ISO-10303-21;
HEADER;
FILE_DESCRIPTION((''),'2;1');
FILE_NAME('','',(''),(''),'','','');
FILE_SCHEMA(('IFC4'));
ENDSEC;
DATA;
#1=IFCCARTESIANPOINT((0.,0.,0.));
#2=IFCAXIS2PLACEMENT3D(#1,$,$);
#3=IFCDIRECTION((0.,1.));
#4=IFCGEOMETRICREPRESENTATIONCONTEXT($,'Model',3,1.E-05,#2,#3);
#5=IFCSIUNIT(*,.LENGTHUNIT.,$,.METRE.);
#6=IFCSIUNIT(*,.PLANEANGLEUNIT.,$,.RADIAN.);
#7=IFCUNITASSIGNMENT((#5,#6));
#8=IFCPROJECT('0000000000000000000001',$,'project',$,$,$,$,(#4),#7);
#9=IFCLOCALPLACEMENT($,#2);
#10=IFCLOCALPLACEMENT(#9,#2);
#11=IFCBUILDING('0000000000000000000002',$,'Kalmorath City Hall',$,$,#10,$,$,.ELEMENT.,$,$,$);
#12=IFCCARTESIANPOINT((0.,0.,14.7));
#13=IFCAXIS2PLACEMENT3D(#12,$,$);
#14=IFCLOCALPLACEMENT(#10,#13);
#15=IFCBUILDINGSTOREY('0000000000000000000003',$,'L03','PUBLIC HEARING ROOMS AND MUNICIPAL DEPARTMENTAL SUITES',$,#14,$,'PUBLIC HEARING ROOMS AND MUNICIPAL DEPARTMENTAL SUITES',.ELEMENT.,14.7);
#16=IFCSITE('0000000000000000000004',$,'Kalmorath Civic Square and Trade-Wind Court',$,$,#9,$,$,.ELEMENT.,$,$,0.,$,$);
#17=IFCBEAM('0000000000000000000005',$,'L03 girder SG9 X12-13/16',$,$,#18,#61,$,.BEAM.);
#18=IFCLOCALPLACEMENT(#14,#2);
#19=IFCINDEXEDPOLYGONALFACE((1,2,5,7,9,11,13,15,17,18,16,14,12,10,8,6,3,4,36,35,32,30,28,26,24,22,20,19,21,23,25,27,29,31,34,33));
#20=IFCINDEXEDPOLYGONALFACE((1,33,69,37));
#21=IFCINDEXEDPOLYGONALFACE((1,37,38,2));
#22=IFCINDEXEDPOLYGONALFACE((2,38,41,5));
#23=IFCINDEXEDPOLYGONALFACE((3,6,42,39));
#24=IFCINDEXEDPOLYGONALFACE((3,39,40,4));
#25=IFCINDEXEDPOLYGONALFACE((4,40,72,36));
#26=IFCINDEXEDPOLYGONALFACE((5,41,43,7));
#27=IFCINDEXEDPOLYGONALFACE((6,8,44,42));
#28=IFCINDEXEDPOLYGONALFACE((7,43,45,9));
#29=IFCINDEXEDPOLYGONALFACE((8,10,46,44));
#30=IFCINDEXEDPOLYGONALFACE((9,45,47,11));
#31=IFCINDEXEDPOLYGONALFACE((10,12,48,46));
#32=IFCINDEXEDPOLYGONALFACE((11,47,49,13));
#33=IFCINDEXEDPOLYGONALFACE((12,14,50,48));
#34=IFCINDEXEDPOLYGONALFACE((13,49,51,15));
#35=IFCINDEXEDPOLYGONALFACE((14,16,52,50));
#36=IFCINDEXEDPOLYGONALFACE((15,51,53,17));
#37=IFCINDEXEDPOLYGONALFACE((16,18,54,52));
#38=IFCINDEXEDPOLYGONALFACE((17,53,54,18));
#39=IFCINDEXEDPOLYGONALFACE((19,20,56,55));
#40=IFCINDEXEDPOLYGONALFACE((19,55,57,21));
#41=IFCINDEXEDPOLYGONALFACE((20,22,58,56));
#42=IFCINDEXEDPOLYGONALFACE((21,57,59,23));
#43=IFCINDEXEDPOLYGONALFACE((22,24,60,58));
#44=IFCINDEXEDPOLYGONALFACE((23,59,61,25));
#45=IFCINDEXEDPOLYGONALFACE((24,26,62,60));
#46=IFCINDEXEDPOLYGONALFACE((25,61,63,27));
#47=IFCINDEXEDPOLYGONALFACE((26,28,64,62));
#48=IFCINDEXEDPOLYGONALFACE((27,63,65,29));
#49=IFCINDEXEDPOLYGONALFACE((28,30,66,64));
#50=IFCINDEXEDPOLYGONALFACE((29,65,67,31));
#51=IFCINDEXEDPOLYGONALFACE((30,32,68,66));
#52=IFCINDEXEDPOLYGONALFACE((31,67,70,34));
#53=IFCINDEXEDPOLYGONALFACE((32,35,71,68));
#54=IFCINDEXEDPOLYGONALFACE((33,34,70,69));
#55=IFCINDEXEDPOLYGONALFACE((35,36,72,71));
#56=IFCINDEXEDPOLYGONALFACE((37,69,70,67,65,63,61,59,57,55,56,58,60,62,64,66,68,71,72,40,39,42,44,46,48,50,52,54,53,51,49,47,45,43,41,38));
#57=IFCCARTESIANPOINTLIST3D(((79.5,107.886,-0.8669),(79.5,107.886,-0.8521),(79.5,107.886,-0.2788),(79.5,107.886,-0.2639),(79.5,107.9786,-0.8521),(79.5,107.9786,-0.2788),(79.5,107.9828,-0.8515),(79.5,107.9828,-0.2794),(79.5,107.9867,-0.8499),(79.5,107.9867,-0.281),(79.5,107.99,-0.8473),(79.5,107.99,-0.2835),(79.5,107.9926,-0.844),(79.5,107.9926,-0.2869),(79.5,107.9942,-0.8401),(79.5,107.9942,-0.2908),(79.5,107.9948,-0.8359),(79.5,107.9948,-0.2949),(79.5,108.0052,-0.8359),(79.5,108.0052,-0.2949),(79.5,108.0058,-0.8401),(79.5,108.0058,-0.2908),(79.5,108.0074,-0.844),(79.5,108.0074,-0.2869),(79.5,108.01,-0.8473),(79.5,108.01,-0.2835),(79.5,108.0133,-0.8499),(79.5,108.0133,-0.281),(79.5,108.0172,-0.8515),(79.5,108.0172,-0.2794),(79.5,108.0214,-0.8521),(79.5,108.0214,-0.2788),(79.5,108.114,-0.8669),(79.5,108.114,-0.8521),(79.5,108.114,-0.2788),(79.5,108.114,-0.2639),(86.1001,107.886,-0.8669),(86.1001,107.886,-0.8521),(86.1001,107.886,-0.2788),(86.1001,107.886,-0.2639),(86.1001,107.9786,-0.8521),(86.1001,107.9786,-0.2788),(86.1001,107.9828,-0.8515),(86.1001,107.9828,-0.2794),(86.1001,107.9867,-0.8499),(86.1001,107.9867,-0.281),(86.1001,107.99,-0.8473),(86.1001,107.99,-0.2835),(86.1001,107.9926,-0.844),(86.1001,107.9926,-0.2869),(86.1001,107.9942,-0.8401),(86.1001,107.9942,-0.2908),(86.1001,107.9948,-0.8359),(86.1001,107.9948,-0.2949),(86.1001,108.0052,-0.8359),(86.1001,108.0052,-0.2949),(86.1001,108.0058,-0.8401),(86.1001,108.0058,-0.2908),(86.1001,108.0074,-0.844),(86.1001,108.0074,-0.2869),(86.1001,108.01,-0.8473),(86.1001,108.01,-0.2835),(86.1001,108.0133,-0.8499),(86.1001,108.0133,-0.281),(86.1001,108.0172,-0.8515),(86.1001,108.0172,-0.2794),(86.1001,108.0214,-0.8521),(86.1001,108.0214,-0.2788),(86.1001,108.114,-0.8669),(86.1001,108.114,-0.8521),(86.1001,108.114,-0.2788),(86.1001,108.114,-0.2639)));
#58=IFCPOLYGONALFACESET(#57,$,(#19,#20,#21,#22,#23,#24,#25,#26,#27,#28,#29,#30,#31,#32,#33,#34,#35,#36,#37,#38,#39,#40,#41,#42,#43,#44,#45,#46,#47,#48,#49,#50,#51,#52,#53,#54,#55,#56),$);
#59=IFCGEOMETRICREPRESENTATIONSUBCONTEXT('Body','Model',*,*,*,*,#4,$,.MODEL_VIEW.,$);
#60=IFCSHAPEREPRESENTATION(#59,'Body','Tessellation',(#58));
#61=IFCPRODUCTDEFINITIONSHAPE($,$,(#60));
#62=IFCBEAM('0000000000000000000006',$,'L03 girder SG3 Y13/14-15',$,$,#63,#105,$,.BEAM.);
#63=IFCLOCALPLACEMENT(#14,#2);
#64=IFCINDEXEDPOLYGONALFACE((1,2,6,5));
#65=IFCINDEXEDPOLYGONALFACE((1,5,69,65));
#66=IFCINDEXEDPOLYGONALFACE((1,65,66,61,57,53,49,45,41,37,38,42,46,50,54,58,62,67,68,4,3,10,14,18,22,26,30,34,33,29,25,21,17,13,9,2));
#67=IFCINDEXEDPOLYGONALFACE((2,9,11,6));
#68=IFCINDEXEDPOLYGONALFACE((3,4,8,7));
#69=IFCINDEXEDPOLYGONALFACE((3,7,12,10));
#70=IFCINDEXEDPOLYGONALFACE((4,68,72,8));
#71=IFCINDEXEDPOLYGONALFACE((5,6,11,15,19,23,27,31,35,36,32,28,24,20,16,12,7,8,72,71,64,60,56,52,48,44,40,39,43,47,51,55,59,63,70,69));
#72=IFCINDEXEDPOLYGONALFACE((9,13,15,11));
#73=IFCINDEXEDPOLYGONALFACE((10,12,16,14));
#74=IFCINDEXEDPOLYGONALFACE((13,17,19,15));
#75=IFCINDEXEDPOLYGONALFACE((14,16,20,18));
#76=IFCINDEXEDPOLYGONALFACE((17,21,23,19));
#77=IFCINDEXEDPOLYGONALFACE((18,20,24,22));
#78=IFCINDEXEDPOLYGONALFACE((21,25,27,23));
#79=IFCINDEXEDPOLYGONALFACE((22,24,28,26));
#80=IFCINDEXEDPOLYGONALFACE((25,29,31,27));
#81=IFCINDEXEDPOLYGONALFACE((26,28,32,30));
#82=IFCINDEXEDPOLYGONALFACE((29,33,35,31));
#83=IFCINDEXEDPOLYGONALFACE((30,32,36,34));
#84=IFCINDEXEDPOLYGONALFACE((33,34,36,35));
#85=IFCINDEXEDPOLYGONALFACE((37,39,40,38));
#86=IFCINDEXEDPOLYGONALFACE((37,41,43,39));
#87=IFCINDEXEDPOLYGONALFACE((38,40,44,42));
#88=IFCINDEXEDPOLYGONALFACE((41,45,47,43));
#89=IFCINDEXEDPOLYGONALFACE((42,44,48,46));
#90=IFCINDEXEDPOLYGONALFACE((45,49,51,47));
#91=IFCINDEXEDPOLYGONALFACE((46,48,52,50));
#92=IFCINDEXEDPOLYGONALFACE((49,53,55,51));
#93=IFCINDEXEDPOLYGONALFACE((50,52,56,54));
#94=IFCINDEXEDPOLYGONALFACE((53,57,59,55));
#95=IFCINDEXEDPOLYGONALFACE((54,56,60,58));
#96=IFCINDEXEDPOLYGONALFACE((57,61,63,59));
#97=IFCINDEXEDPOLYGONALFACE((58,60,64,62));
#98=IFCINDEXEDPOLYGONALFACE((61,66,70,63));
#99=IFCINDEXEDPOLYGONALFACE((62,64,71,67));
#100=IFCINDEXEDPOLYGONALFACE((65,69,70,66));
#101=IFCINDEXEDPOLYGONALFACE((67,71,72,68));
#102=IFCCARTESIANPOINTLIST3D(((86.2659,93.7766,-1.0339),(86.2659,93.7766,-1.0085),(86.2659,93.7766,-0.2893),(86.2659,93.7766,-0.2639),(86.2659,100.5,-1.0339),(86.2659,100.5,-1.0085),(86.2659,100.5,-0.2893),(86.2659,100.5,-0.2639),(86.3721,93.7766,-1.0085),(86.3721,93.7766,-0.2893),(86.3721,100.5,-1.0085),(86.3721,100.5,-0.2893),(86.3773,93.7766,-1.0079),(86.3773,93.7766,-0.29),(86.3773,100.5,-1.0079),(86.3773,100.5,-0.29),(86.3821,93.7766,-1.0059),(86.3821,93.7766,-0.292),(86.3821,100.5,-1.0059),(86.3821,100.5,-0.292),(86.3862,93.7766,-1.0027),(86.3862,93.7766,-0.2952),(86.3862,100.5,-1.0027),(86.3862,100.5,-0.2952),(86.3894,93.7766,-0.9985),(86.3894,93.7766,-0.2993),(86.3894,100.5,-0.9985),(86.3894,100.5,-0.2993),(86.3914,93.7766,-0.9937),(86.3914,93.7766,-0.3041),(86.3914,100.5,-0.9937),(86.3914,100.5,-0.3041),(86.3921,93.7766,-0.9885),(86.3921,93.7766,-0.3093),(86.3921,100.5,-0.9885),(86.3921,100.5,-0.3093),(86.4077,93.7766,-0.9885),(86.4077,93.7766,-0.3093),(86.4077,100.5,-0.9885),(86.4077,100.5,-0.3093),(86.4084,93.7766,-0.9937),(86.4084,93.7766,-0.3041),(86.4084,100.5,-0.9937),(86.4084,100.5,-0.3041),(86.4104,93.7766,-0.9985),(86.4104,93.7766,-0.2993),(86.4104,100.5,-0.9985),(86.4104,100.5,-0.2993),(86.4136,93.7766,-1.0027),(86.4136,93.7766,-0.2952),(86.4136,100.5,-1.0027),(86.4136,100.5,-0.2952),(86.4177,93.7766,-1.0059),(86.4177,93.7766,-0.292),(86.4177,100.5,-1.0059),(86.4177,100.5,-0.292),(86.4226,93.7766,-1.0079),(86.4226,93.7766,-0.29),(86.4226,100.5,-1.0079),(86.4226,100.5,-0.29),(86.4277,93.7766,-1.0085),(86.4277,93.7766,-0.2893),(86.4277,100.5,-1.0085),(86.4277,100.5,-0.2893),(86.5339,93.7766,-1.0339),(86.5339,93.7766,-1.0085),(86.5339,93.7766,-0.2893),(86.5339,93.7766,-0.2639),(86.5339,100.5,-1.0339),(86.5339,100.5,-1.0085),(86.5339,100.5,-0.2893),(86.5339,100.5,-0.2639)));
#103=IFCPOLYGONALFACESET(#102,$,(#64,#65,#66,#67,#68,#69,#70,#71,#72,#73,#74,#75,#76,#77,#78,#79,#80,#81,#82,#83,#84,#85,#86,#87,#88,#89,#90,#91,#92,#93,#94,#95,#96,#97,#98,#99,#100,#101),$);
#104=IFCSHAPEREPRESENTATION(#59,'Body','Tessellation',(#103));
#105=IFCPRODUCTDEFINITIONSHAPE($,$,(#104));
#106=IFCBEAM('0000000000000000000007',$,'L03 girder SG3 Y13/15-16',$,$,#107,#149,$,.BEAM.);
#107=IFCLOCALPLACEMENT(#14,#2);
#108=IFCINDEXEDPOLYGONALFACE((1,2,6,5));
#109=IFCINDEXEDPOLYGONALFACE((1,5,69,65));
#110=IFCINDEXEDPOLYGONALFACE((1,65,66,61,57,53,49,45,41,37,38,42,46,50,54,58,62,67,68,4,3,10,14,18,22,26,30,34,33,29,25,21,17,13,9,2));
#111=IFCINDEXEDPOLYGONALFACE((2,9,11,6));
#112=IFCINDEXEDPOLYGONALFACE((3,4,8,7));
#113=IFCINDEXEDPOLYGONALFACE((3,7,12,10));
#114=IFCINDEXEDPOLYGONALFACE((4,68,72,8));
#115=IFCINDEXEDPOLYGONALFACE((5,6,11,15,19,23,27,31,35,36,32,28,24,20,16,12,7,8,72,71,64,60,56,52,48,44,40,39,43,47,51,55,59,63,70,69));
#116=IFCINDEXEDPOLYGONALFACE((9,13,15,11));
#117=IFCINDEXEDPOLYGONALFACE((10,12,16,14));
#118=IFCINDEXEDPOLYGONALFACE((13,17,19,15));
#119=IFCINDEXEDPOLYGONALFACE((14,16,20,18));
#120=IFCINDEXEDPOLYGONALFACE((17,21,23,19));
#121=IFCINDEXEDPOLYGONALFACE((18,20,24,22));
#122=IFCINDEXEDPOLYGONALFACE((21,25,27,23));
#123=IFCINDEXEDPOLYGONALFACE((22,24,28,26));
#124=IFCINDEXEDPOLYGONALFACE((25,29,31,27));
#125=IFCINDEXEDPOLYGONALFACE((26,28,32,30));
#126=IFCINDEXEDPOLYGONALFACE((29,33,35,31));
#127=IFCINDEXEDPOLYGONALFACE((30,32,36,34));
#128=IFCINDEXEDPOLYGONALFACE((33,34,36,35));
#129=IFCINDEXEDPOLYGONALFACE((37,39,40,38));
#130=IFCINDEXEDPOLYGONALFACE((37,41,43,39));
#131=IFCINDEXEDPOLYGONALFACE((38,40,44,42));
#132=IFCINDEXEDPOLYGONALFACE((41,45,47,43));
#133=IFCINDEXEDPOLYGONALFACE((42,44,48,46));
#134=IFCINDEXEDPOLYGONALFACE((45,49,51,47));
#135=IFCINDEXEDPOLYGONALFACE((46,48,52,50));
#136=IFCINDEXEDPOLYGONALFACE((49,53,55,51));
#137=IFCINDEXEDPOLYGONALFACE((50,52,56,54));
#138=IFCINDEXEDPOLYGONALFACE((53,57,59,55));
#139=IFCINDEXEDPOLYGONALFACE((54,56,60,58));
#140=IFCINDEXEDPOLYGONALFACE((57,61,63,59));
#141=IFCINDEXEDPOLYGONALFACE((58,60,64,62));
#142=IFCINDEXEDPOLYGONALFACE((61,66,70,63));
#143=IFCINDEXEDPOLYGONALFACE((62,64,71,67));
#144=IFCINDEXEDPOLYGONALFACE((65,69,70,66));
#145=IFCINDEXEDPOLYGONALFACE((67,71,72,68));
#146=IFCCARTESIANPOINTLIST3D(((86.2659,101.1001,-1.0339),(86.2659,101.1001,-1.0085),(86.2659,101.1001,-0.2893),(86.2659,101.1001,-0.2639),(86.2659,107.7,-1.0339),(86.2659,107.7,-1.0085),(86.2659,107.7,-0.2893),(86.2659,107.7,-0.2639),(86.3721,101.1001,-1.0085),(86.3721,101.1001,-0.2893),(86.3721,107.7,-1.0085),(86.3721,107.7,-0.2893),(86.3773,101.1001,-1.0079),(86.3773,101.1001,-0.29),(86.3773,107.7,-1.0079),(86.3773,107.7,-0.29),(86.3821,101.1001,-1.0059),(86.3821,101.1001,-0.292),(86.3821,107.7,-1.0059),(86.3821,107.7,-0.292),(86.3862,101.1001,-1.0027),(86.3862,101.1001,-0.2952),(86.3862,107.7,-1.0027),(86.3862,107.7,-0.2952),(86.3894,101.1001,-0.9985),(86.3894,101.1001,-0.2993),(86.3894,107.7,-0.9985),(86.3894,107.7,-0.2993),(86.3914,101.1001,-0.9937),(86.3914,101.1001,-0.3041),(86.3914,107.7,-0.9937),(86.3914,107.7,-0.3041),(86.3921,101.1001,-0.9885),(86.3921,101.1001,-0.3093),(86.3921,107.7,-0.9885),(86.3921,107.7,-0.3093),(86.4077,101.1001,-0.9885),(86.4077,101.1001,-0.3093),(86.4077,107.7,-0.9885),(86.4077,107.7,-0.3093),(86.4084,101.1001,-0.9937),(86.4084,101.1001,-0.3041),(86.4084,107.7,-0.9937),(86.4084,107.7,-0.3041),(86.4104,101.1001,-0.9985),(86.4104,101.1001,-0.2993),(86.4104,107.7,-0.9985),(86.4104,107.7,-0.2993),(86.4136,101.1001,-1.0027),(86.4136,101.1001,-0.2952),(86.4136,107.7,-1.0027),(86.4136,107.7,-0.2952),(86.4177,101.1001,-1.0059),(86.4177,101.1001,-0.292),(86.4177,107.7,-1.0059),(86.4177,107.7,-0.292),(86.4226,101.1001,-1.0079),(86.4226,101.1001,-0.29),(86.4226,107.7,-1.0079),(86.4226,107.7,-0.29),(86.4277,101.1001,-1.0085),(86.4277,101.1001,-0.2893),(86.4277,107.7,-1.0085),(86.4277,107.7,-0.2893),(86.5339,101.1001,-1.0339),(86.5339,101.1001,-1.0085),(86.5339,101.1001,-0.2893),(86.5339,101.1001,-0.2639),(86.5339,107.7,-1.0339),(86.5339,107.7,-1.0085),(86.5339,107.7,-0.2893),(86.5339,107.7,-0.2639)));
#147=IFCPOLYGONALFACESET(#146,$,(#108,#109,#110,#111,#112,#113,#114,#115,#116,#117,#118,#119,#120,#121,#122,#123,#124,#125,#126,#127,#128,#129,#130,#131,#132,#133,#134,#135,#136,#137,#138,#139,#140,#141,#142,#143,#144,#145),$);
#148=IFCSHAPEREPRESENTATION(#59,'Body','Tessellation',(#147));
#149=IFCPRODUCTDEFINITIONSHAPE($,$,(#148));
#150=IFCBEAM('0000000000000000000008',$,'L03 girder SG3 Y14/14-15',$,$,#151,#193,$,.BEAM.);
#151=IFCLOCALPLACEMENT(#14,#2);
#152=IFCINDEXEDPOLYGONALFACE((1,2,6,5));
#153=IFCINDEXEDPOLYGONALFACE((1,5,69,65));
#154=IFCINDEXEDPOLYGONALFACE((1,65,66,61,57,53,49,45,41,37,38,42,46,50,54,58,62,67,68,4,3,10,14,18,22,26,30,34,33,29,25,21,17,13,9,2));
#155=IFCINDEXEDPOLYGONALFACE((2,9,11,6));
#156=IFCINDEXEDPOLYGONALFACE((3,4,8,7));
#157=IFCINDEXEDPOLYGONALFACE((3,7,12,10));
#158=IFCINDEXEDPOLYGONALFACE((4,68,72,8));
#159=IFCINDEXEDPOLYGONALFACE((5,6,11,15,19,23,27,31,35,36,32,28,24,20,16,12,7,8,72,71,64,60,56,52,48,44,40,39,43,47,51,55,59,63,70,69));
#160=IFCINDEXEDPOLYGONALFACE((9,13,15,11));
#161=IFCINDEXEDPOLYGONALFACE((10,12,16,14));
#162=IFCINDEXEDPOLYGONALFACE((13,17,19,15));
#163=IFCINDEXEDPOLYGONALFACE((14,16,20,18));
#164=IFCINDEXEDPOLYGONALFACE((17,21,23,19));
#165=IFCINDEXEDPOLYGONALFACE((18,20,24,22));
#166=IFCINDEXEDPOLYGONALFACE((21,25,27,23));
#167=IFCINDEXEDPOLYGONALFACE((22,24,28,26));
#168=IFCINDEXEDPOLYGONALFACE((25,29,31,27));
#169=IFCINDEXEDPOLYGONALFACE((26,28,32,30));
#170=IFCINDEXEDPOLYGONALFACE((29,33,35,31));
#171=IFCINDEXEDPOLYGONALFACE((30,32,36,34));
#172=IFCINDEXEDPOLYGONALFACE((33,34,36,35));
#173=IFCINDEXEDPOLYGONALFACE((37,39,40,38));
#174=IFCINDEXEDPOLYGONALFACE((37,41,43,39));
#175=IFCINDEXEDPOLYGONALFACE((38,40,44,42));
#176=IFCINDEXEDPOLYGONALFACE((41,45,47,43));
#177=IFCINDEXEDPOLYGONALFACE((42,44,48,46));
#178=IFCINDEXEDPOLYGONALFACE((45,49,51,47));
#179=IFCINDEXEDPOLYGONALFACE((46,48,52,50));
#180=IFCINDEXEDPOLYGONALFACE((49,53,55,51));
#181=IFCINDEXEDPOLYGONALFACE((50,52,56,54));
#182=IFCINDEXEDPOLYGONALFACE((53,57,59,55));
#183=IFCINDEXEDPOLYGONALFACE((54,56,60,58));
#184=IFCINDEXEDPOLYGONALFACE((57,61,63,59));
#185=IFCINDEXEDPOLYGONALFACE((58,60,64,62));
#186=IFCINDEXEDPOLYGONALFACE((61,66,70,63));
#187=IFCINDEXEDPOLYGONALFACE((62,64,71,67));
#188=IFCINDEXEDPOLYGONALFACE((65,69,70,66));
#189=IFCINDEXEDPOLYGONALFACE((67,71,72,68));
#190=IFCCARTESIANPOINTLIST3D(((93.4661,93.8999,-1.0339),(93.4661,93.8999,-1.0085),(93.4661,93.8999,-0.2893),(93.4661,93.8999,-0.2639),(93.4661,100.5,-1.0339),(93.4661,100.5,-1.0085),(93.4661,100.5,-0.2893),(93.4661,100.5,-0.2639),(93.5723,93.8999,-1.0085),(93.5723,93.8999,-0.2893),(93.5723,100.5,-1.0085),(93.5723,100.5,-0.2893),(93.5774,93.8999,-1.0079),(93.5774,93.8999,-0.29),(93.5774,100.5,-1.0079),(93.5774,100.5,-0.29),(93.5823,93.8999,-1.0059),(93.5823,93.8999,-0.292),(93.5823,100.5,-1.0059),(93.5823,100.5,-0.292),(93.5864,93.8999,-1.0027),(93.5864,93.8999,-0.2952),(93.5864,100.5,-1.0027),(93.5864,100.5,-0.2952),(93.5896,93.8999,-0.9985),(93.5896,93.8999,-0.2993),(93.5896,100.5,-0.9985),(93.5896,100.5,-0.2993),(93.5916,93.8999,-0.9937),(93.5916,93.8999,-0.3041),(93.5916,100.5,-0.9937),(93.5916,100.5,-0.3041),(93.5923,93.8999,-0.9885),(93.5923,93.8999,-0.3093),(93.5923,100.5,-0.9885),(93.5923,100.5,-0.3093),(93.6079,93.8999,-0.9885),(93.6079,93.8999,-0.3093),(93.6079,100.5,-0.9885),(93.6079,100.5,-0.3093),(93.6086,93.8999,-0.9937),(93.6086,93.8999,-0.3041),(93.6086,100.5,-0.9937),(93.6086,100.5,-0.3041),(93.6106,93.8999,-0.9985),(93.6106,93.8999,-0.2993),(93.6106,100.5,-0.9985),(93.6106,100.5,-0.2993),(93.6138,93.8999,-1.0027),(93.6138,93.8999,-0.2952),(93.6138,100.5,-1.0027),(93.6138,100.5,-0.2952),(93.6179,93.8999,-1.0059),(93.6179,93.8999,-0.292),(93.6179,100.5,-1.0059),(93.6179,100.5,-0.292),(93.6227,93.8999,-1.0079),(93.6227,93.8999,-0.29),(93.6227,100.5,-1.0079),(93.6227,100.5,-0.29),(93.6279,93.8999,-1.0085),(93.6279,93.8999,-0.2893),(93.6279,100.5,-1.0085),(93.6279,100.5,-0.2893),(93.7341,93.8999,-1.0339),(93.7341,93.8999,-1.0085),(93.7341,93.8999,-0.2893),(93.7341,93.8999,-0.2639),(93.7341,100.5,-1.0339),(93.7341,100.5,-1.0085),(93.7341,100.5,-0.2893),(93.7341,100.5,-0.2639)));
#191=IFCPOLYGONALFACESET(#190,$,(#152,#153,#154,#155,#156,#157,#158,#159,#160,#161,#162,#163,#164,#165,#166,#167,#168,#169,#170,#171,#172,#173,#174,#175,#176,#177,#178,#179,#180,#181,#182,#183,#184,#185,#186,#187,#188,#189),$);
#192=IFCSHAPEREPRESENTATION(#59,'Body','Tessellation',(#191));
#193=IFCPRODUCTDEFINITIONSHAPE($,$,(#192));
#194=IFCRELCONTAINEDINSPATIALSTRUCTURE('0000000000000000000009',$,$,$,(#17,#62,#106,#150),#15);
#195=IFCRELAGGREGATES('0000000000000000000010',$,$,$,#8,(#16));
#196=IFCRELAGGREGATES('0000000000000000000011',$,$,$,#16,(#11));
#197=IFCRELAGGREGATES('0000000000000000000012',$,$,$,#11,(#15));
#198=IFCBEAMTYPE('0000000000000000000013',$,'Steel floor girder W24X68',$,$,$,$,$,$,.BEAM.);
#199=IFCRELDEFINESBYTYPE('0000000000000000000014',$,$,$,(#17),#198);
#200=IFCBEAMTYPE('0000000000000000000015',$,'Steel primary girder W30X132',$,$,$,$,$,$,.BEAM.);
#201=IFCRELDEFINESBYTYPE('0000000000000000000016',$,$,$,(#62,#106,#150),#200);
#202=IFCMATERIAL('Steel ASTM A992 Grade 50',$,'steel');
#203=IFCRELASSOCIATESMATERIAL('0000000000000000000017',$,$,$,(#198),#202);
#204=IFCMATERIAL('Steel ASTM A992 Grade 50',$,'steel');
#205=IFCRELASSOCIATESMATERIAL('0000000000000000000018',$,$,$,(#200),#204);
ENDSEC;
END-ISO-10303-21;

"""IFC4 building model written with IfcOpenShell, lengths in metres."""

from ifc_helpers import new_model, si_unit, direction, frame, origin, origin_2d, place, context, subcontext, project, spatial, i_section, extrude, material, material_profile, profile_set, type_object, element, save


model = new_model("IFC4")

# Units and contexts
model_context = context("Model", 3, precision=1e-05, world=origin(), true_north=direction((0.0, 1.0)))
body_context = subcontext(model_context, "Body", "Model", "MODEL_VIEW")
ifc_project = project(units=[si_unit("LENGTHUNIT", "METRE"), si_unit("PLANEANGLEUNIT", "RADIAN")], contexts=[model_context])

# Site, building, storey
site_placement = place(None, origin())
site = spatial("IfcSite", under=ifc_project, at=site_placement, Name="Kalmorath Civic Square and Trade-Wind Court", CompositionType="ELEMENT", RefElevation=0.0)
building_placement = place(site_placement, origin())
building = spatial("IfcBuilding", under=site, at=building_placement, Name="Kalmorath City Hall", CompositionType="ELEMENT")
storey_placement = place(building_placement, frame((0.0, 0.0, 14.7)))
storey = spatial("IfcBuildingStorey", under=building, at=storey_placement, Name="L03", Description="PUBLIC HEARING ROOMS AND MUNICIPAL DEPARTMENTAL SUITES", LongName="PUBLIC HEARING ROOMS AND MUNICIPAL DEPARTMENTAL SUITES", CompositionType="ELEMENT", Elevation=14.7)

# Beams
ifc_material_1 = material(Name="Steel ASTM A992 Grade 50", Category="steel")
ifc_material_profile_1 = material_profile(ifc_material_1, i_section(OverallWidth=0.228, OverallDepth=0.603, WebThickness=0.0105, FlangeThickness=0.0149, FilletRadius=0.0161, at=origin_2d()), Name="W24X68")
ifc_profile_set_1 = profile_set([ifc_material_profile_1], Name="Steel ASTM A992 Grade 50")
beam_type_1 = type_object("IfcBeamType", Name="Steel floor girder W24X68", PredefinedType="BEAM", material=ifc_profile_set_1)
for number, where, z_axis, x_axis, name in (
    (1, (79.5, 108.0, -0.5654), (1.0, 0.0, 0.0), (0.0, 1.0, 0.0), "L03 girder SG9 X12-13/16"),
):
    element("IfcBeam", number, at=place(storey_placement, frame(where, z_axis=z_axis, x_axis=x_axis)), inside=storey, type_object=beam_type_1, Name=name, PredefinedType="BEAM", context=body_context, shape_type="SweptSolid", body=[
        extrude(i_section(OverallWidth=0.228, OverallDepth=0.603, WebThickness=0.0105, FlangeThickness=0.0149, FilletRadius=0.0161, at=origin_2d()), origin(), (0.0, 0.0, 1.0), 6.6001),
    ])
ifc_material_2 = material(Name="Steel ASTM A992 Grade 50", Category="steel")
ifc_material_profile_2 = material_profile(ifc_material_2, i_section(OverallWidth=0.2681, OverallDepth=0.77, WebThickness=0.0156, FlangeThickness=0.0254, FilletRadius=0.02, at=origin_2d()), Name="W30X132")
ifc_profile_set_2 = profile_set([ifc_material_profile_2], Name="Steel ASTM A992 Grade 50")
beam_type_2 = type_object("IfcBeamType", Name="Steel primary girder W30X132", PredefinedType="BEAM", material=ifc_profile_set_2)
beam_1_placement = place(storey_placement, frame((86.3999, 93.7766, -0.6489), z_axis=(0.0, 1.0, 0.0), x_axis=(-1.0, 0.0, 0.0)))
element("IfcBeam", 2, at=beam_1_placement, inside=storey, type_object=beam_type_2, Name="L03 girder SG3 Y13/14-15", PredefinedType="BEAM", context=body_context, shape_type="SweptSolid", body=[
    extrude(i_section(OverallWidth=0.2681, OverallDepth=0.77, WebThickness=0.0156, FlangeThickness=0.0254, FilletRadius=0.02, at=origin_2d()), origin(), (0.0, 0.0, 1.0), 6.7234),
])
beam_2_placement = place(storey_placement, frame((86.3999, 101.1001, -0.6489), z_axis=(0.0, 1.0, 0.0), x_axis=(-1.0, 0.0, 0.0)))
element("IfcBeam", 3, at=beam_2_placement, inside=storey, type_object=beam_type_2, Name="L03 girder SG3 Y13/15-16", PredefinedType="BEAM", context=body_context, shape_type="SweptSolid", body=[
    extrude(i_section(OverallWidth=0.2681, OverallDepth=0.77, WebThickness=0.0156, FlangeThickness=0.0254, FilletRadius=0.02, at=origin_2d()), origin(), (0.0, 0.0, 1.0), 6.5999),
])
beam_3_placement = place(storey_placement, frame((93.6001, 93.8999, -0.6489), z_axis=(0.0, 1.0, 0.0), x_axis=(-1.0, 0.0, 0.0)))
element("IfcBeam", 4, at=beam_3_placement, inside=storey, type_object=beam_type_2, Name="L03 girder SG3 Y14/14-15", PredefinedType="BEAM", context=body_context, shape_type="SweptSolid", body=[
    extrude(i_section(OverallWidth=0.2681, OverallDepth=0.77, WebThickness=0.0156, FlangeThickness=0.0254, FilletRadius=0.02, at=origin_2d()), origin(), (0.0, 0.0, 1.0), 6.6001),
])

save(model, "model.ifc")
